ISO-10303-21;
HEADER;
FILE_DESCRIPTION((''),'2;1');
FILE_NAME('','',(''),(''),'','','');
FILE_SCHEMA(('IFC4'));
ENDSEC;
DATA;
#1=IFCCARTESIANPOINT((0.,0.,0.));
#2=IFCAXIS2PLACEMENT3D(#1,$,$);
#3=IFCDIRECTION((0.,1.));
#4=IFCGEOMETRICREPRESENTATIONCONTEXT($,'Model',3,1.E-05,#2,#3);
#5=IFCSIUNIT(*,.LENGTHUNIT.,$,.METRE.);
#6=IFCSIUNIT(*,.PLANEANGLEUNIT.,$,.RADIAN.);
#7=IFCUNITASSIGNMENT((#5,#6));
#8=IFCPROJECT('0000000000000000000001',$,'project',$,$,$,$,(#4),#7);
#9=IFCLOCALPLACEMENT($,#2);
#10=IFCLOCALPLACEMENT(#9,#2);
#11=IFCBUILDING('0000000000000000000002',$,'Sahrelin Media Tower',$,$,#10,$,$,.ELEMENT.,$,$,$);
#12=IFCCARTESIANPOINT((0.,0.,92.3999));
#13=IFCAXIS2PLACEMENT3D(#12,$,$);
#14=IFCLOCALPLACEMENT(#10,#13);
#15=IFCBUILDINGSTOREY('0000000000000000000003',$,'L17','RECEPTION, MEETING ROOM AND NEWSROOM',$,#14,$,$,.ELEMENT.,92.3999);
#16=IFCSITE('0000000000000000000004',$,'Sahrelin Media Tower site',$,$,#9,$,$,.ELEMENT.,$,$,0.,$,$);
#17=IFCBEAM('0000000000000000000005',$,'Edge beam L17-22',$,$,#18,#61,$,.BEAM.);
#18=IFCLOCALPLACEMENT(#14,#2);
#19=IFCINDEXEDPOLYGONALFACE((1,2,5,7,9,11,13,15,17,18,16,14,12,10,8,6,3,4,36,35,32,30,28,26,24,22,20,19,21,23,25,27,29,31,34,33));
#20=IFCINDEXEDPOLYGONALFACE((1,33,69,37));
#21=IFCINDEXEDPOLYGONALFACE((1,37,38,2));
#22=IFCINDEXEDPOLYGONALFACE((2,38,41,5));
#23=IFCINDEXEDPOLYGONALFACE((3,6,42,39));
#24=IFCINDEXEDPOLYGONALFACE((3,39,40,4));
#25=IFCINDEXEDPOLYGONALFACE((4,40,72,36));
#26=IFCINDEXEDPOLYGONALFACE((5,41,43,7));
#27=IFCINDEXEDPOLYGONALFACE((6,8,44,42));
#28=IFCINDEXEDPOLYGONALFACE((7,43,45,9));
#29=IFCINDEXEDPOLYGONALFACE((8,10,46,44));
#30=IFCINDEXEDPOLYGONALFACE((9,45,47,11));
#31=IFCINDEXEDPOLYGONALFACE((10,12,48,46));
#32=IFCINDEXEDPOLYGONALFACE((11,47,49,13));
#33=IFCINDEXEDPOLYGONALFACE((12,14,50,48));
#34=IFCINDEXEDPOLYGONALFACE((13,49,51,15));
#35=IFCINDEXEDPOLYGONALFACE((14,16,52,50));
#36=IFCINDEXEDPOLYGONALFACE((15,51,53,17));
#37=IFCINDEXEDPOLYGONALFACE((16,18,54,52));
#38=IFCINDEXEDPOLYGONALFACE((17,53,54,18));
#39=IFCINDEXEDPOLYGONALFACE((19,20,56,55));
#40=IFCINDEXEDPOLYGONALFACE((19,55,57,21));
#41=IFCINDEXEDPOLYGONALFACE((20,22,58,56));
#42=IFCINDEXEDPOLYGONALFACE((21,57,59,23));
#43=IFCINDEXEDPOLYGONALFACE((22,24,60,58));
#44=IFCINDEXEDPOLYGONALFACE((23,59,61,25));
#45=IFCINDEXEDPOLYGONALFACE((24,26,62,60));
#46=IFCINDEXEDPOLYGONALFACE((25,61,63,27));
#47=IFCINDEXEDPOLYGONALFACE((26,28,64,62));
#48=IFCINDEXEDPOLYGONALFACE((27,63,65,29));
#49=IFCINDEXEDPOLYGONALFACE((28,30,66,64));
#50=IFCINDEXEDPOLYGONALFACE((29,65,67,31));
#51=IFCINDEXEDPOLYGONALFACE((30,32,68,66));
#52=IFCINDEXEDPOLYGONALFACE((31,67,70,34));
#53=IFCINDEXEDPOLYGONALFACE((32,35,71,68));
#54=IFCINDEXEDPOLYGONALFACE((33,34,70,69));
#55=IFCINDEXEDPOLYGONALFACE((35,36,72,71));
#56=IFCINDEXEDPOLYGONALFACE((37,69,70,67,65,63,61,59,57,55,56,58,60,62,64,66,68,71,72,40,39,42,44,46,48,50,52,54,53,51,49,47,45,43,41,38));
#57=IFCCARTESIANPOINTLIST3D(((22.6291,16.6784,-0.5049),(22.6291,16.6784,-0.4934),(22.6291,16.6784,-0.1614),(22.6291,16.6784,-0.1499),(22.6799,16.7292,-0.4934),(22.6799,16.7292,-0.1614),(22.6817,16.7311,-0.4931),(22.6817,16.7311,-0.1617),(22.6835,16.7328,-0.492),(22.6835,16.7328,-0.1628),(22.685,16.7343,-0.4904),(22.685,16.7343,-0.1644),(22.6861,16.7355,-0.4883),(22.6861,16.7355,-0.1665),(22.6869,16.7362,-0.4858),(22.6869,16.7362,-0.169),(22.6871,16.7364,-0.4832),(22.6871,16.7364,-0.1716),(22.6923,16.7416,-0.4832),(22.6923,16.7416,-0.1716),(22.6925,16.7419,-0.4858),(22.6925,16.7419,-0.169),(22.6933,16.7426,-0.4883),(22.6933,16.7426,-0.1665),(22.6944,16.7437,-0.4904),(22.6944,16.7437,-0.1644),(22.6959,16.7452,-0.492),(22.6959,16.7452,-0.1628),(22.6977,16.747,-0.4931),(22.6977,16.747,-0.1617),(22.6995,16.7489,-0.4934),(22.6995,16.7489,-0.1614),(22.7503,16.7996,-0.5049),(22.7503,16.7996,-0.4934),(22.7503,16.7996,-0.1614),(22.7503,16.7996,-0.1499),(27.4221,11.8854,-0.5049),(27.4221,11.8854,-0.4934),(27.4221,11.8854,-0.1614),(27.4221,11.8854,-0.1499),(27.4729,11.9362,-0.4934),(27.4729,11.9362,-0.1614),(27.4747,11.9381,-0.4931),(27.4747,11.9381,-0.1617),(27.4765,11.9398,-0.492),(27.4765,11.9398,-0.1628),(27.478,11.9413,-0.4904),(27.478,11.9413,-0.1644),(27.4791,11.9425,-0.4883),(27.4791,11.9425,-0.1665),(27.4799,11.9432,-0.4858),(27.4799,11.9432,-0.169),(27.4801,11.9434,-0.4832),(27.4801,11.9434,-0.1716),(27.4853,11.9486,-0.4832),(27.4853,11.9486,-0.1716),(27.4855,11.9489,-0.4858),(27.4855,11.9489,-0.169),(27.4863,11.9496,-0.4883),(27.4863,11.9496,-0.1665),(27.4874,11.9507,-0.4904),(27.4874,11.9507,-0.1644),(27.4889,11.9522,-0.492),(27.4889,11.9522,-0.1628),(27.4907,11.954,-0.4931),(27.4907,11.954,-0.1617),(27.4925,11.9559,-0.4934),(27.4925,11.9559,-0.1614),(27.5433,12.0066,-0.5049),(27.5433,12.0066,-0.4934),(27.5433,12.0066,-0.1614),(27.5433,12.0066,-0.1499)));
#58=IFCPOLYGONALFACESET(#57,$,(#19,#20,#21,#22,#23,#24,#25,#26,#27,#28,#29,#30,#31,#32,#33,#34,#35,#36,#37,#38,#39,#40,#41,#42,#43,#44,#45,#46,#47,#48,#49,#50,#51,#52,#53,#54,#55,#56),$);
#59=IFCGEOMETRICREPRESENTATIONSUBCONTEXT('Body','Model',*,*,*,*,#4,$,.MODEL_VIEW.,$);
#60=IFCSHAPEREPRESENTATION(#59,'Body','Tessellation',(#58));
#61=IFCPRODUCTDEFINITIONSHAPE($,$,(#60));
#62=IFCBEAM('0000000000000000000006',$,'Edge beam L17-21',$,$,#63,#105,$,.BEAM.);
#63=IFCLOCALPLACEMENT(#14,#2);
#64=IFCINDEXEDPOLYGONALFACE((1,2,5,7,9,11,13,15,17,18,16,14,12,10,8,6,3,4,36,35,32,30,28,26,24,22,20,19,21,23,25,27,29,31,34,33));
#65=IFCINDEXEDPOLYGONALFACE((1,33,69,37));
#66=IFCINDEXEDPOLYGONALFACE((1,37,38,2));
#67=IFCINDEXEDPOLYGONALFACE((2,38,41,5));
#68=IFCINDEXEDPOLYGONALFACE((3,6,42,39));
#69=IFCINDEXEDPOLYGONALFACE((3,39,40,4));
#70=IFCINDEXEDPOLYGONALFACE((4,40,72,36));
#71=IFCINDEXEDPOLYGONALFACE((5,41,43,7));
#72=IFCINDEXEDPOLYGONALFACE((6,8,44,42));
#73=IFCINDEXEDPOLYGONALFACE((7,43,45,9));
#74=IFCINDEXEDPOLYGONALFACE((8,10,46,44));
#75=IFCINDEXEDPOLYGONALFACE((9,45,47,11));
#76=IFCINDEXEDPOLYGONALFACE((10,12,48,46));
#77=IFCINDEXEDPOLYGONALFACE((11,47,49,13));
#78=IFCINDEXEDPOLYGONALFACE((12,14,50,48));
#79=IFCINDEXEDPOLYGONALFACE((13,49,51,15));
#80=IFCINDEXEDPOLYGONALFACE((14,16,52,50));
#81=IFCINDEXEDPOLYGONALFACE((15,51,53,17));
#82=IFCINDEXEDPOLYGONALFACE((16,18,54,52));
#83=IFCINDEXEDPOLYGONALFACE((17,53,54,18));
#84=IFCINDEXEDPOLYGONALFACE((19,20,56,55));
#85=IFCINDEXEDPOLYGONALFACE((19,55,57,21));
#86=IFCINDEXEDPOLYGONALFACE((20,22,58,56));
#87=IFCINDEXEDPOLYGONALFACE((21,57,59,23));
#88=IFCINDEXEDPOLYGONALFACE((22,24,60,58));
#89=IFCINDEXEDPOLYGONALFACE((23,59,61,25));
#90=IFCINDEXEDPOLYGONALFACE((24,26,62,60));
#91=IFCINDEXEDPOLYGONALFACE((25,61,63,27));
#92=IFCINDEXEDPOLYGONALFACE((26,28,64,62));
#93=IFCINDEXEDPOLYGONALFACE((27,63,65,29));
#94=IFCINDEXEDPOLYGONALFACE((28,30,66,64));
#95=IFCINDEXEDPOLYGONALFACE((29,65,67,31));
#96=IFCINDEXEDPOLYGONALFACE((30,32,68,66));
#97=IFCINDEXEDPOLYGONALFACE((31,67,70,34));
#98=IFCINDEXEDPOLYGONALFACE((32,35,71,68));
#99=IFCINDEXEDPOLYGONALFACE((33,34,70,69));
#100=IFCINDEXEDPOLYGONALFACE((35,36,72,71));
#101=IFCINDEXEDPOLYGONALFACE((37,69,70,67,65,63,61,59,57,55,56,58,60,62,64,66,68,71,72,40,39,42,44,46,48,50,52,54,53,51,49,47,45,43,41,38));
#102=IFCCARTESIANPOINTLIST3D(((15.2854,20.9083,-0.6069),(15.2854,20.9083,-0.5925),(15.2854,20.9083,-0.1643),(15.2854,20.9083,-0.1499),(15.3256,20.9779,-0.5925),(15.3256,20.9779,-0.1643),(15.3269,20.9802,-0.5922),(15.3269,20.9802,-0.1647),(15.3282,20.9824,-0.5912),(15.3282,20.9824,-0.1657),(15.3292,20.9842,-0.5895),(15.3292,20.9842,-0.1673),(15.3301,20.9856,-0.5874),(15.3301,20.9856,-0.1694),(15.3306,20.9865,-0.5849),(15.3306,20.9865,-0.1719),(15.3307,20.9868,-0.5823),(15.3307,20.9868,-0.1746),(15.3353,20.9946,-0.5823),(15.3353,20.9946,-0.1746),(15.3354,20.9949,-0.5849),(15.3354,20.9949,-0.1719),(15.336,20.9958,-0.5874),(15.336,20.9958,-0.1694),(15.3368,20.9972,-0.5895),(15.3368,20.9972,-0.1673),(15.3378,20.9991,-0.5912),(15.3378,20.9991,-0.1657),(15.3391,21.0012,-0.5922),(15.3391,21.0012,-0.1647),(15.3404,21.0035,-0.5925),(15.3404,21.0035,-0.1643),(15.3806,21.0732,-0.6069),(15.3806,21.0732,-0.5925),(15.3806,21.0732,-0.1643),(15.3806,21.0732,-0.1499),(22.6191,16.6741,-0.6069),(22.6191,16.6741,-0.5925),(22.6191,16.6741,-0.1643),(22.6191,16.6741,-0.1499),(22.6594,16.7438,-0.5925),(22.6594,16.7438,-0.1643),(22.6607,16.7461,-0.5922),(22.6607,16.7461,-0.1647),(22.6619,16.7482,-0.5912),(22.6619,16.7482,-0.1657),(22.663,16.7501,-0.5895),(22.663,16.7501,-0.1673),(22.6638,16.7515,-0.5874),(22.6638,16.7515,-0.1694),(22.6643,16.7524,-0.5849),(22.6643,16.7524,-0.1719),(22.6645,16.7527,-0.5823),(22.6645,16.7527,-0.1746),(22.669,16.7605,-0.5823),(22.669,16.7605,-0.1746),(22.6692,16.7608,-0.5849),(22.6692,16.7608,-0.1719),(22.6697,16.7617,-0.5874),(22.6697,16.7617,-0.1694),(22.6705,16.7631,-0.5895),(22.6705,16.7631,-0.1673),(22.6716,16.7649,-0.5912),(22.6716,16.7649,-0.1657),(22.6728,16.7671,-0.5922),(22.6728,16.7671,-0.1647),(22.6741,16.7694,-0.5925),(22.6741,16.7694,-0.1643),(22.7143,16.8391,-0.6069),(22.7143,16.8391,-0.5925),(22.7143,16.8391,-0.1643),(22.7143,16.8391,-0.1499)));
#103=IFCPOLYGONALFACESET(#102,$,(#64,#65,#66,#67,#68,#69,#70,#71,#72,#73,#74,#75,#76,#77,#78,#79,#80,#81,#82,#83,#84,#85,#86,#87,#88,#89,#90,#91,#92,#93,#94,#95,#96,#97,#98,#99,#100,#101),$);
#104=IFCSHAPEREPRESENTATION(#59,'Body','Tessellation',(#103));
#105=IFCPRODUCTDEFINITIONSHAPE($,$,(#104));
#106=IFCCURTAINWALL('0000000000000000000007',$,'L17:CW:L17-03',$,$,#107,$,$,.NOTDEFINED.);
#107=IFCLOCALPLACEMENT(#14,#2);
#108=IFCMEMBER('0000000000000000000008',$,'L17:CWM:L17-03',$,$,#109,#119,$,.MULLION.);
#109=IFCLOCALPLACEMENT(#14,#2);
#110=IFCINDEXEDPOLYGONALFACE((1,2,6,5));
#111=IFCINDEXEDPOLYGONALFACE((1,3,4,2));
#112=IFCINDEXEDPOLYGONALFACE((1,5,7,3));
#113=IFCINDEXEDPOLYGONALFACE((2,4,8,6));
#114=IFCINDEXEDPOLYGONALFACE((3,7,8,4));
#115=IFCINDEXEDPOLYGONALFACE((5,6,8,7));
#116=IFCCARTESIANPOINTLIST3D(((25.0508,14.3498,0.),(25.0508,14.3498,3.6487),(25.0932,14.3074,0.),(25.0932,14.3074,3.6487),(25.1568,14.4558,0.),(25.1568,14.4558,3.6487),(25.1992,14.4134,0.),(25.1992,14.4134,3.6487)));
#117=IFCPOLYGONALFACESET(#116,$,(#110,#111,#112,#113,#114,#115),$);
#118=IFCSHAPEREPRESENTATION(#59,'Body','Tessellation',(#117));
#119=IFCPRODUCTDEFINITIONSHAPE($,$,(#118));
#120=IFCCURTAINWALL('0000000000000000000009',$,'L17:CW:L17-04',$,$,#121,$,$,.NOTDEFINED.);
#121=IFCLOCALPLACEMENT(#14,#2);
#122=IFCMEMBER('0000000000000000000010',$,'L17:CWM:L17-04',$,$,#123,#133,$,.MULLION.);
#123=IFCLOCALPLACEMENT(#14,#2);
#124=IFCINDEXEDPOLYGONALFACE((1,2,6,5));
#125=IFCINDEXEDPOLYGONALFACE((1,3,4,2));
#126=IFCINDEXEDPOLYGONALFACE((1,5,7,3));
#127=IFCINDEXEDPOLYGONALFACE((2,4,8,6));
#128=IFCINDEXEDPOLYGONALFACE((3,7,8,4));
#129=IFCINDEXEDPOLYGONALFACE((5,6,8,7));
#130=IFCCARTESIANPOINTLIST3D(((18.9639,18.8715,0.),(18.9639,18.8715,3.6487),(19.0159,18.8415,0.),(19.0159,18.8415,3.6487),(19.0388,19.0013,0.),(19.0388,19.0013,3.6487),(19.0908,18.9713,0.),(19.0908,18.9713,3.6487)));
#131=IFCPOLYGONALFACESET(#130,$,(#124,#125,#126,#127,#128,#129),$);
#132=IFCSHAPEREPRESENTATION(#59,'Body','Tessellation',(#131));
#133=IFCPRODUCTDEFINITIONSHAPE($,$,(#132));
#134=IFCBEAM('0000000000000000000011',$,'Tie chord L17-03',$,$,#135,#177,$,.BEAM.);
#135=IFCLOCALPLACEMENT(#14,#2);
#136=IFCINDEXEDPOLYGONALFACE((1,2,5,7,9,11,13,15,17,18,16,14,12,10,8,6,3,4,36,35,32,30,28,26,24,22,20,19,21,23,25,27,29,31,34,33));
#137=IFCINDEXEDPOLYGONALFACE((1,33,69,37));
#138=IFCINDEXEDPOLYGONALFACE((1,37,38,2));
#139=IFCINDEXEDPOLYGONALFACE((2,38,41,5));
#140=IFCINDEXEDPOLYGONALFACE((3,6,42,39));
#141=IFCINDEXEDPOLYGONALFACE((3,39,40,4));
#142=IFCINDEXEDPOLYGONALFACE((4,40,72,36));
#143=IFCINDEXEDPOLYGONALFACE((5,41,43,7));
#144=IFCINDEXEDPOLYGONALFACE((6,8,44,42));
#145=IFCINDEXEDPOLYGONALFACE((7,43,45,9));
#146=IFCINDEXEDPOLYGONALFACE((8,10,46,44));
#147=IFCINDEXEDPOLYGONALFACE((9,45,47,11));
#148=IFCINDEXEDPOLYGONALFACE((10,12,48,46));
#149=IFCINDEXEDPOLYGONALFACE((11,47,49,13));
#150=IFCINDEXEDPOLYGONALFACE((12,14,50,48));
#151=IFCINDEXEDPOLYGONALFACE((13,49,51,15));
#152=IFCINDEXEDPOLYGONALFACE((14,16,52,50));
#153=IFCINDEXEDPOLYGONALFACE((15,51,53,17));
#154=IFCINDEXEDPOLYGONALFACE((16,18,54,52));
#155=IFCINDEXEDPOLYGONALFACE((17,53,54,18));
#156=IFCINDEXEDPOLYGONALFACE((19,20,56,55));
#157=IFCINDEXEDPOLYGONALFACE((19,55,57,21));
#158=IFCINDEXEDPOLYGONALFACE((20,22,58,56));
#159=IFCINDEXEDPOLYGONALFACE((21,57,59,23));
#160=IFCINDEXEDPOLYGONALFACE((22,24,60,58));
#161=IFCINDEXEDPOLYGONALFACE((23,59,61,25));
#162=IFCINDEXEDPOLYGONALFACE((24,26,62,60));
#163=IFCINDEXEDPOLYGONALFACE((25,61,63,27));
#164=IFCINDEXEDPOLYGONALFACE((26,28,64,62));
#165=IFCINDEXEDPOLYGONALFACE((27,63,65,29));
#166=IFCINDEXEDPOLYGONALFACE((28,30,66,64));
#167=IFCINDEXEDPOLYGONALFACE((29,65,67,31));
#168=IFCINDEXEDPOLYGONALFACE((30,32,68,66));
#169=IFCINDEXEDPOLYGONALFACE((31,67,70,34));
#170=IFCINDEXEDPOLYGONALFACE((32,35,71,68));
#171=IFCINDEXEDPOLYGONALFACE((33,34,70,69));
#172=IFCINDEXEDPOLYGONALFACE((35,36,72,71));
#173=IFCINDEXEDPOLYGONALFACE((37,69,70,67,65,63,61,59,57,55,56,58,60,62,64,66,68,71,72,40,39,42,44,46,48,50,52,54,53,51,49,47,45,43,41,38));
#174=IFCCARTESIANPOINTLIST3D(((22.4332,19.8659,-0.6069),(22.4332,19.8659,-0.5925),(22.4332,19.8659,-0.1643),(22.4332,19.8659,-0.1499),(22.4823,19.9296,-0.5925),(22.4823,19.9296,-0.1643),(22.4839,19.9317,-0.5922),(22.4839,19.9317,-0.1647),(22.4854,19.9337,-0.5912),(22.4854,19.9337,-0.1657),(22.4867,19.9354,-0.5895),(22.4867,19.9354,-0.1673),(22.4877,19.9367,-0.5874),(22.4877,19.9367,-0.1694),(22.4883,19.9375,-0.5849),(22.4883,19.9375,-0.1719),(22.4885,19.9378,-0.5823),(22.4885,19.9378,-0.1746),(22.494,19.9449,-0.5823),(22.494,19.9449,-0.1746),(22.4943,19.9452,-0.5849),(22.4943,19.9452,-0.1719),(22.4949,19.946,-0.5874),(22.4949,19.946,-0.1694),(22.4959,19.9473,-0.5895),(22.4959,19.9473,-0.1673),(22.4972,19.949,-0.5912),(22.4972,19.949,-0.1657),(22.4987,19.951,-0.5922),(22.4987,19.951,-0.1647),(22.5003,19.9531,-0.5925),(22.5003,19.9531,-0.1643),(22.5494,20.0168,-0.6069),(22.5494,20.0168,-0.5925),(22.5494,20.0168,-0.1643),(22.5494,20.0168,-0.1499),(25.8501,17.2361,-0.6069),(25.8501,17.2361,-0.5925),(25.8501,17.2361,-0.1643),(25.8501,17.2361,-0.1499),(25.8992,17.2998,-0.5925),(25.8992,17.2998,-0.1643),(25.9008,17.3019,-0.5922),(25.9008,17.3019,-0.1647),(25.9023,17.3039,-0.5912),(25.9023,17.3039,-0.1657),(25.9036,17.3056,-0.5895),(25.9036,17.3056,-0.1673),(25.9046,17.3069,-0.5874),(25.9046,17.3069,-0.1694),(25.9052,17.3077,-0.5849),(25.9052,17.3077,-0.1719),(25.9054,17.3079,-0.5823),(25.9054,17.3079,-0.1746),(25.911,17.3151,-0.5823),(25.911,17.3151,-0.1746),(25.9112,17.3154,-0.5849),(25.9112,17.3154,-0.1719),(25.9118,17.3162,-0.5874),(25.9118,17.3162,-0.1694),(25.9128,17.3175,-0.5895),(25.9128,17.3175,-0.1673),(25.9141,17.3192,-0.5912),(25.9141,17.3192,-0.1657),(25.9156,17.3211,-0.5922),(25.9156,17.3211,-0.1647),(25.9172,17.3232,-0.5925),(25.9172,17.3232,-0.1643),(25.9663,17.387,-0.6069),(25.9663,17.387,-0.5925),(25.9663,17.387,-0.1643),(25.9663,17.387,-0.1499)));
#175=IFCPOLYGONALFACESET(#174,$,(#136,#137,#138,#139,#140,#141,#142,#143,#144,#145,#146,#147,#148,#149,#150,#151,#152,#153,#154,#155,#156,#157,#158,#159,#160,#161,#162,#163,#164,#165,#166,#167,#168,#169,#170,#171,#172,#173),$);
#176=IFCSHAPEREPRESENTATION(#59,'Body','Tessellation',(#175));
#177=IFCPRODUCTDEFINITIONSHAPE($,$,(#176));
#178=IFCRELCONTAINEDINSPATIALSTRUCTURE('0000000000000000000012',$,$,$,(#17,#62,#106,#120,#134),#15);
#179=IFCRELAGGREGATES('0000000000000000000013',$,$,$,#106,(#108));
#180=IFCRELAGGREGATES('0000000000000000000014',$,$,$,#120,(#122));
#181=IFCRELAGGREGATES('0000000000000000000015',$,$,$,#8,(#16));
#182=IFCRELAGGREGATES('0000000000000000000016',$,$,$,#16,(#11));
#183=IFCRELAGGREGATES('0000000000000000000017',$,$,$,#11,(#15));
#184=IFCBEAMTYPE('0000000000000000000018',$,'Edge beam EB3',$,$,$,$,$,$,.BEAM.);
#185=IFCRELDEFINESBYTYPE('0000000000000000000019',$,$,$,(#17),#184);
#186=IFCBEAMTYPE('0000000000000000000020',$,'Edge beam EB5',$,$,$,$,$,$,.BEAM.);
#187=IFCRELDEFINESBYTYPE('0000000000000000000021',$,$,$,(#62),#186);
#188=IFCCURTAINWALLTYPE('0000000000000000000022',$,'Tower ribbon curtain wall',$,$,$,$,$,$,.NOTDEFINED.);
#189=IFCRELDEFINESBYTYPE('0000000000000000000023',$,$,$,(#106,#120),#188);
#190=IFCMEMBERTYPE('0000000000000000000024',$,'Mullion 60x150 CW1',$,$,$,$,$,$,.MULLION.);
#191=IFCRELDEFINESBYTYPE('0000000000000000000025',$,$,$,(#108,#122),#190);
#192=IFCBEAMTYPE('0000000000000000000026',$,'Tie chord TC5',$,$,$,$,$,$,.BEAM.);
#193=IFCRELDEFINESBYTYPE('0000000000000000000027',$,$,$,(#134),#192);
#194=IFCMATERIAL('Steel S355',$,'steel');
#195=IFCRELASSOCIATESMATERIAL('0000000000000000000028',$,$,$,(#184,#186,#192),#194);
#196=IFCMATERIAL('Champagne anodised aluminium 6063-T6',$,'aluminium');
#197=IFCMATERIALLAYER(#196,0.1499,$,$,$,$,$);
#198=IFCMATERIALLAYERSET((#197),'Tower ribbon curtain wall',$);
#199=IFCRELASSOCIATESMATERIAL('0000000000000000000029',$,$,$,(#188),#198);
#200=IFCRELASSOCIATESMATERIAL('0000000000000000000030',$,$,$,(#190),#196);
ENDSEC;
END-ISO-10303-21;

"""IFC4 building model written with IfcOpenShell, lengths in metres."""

from ifc_helpers import new_model, si_unit, direction, frame, origin, origin_2d, place, context, subcontext, project, spatial, rectangle, i_section, extrude, material, layer, layer_set, material_profile, profile_set, type_object, element, aggregate, save


model = new_model("IFC4")

# Units and contexts
model_context = context("Model", 3, precision=1e-05, world=origin(), true_north=direction((0.0, 1.0)))
body_context = subcontext(model_context, "Body", "Model", "MODEL_VIEW")
ifc_project = project(units=[si_unit("LENGTHUNIT", "METRE"), si_unit("PLANEANGLEUNIT", "RADIAN")], contexts=[model_context])

# Site, building, storey
site_placement = place(None, origin())
site = spatial("IfcSite", under=ifc_project, at=site_placement, Name="Sahrelin Media Tower site", CompositionType="ELEMENT", RefElevation=0.0)
building_placement = place(site_placement, origin())
building = spatial("IfcBuilding", under=site, at=building_placement, Name="Sahrelin Media Tower", CompositionType="ELEMENT")
storey_placement = place(building_placement, frame((0.0, 0.0, 92.3999)))
storey = spatial("IfcBuildingStorey", under=building, at=storey_placement, Name="L17", Description="RECEPTION, MEETING ROOM AND NEWSROOM", CompositionType="ELEMENT", Elevation=92.3999)

# Beams
ifc_material_1 = material(Name="Steel S355", Category="steel")
ifc_material_profile_1 = material_profile(ifc_material_1, i_section(OverallWidth=0.1714, OverallDepth=0.355, WebThickness=0.0073, FlangeThickness=0.0115, FilletRadius=0.0103, at=origin_2d()), Name="UB 356x171x51")
ifc_profile_set_1 = profile_set([ifc_material_profile_1], Name="Steel S355")
beam_type_1 = type_object("IfcBeamType", Name="Edge beam EB3", PredefinedType="BEAM", material=ifc_profile_set_1)
beam_1_placement = place(storey_placement, frame((22.6897, 16.739, -0.3274), z_axis=(0.707107, -0.707107, 0.0), x_axis=(0.707107, 0.707107, 0.0)))
element("IfcBeam", 1, at=beam_1_placement, inside=storey, type_object=beam_type_1, Name="Edge beam L17-22", PredefinedType="BEAM", context=body_context, shape_type="SweptSolid", body=[
    extrude(i_section(OverallWidth=0.1714, OverallDepth=0.355, WebThickness=0.0073, FlangeThickness=0.0115, FilletRadius=0.0103, at=origin_2d()), origin(), (0.0, 0.0, 1.0), 6.7783),
])
ifc_material_profile_2 = material_profile(ifc_material_1, i_section(OverallWidth=0.1904, OverallDepth=0.457, WebThickness=0.009, FlangeThickness=0.0144, FilletRadius=0.0103, at=origin_2d()), Name="UB 457x191x74")
ifc_profile_set_2 = profile_set([ifc_material_profile_2], Name="Steel S355")
beam_type_2 = type_object("IfcBeamType", Name="Edge beam EB5", PredefinedType="BEAM", material=ifc_profile_set_2)
beam_2_placement = place(storey_placement, frame((15.333, 20.9907, -0.3784), z_axis=(0.866026, -0.499999, 0.0), x_axis=(0.499999, 0.866026, 0.0)))
element("IfcBeam", 2, at=beam_2_placement, inside=storey, type_object=beam_type_2, Name="Edge beam L17-21", PredefinedType="BEAM", context=body_context, shape_type="SweptSolid", body=[
    extrude(i_section(OverallWidth=0.1904, OverallDepth=0.457, WebThickness=0.009, FlangeThickness=0.0144, FilletRadius=0.0103, at=origin_2d()), origin(), (0.0, 0.0, 1.0), 8.4683),
])

# Curtain walls, members
ifc_material_2 = material(Name="Champagne anodised aluminium 6063-T6", Category="aluminium")
ifc_layer_1 = layer(ifc_material_2, 0.1499)
ifc_layer_set_1 = layer_set([ifc_layer_1], Name="Tower ribbon curtain wall")
curtain_wall_type = type_object("IfcCurtainWallType", Name="Tower ribbon curtain wall", PredefinedType="NOTDEFINED", material=ifc_layer_set_1)
curtain_wall_1_placement = place(storey_placement, frame((25.1921, 14.4487, 0.0), z_axis=(0.0, 0.0, 1.0), x_axis=(1.0, 0.0, 0.0)))
curtain_wall_1 = element("IfcCurtainWall", 3, at=curtain_wall_1_placement, inside=storey, type_object=curtain_wall_type, Name="L17:CW:L17-03", PredefinedType="NOTDEFINED")
ifc_material_profile_3 = material_profile(ifc_material_2, rectangle(XDim=0.0601, YDim=0.1499, at=origin_2d()), Name="Mullion 60x150")
ifc_profile_set_3 = profile_set([ifc_material_profile_3], Name="Champagne anodised aluminium 6063-T6")
member_type_1 = type_object("IfcMemberType", Name="Mullion 60x150 CW1", PredefinedType="MULLION", material=ifc_profile_set_3)
member_1_placement = place(storey_placement, frame((25.125, 14.3816, 0.0), z_axis=(0.0, 0.0, 1.0), x_axis=(-0.707114, 0.707099, 0.0)))
member_1 = element("IfcMember", 4, at=member_1_placement, type_object=member_type_1, Name="L17:CWM:L17-03", PredefinedType="MULLION", context=body_context, shape_type="SweptSolid", body=[
    extrude(rectangle(XDim=0.0601, YDim=0.1499, at=origin_2d()), origin(), (0.0, 0.0, 1.0), 3.6487),
])
curtain_wall_2_placement = place(storey_placement, frame((19.075, 19.0037, 0.0), z_axis=(0.0, 0.0, 1.0), x_axis=(1.0, 0.0, 0.0)))
curtain_wall_2 = element("IfcCurtainWall", 5, at=curtain_wall_2_placement, inside=storey, type_object=curtain_wall_type, Name="L17:CW:L17-04", PredefinedType="NOTDEFINED")
member_2_placement = place(storey_placement, frame((19.0273, 18.9214, 0.0), z_axis=(0.0, 0.0, 1.0), x_axis=(-0.866023, 0.500005, 0.0)))
member_2 = element("IfcMember", 6, at=member_2_placement, type_object=member_type_1, Name="L17:CWM:L17-04", PredefinedType="MULLION", context=body_context, shape_type="SweptSolid", body=[
    extrude(rectangle(XDim=0.0601, YDim=0.1499, at=origin_2d()), origin(), (0.0, 0.0, 1.0), 3.6487),
])

# Beam
ifc_material_profile_4 = material_profile(ifc_material_1, i_section(OverallWidth=0.1904, OverallDepth=0.457, WebThickness=0.009, FlangeThickness=0.0144, FilletRadius=0.0103, at=origin_2d()), Name="UB 457x191x74")
ifc_profile_set_4 = profile_set([ifc_material_profile_4], Name="Steel S355")
beam_type_3 = type_object("IfcBeamType", Name="Tie chord TC5", PredefinedType="BEAM", material=ifc_profile_set_4)
beam_3_placement = place(storey_placement, frame((25.9082, 17.3115, -0.3784), z_axis=(-0.792464, 0.609919, 0.0), x_axis=(-0.609919, -0.792464, 0.0)))
element("IfcBeam", 7, at=beam_3_placement, inside=storey, type_object=beam_type_3, Name="Tie chord L17-03", PredefinedType="BEAM", context=body_context, shape_type="SweptSolid", body=[
    extrude(i_section(OverallWidth=0.1904, OverallDepth=0.457, WebThickness=0.009, FlangeThickness=0.0144, FilletRadius=0.0103, at=origin_2d()), origin(), (0.0, 0.0, 1.0), 4.3118),
])

aggregate(curtain_wall_1, [member_1])
aggregate(curtain_wall_2, [member_2])

save(model, "model.ifc")
